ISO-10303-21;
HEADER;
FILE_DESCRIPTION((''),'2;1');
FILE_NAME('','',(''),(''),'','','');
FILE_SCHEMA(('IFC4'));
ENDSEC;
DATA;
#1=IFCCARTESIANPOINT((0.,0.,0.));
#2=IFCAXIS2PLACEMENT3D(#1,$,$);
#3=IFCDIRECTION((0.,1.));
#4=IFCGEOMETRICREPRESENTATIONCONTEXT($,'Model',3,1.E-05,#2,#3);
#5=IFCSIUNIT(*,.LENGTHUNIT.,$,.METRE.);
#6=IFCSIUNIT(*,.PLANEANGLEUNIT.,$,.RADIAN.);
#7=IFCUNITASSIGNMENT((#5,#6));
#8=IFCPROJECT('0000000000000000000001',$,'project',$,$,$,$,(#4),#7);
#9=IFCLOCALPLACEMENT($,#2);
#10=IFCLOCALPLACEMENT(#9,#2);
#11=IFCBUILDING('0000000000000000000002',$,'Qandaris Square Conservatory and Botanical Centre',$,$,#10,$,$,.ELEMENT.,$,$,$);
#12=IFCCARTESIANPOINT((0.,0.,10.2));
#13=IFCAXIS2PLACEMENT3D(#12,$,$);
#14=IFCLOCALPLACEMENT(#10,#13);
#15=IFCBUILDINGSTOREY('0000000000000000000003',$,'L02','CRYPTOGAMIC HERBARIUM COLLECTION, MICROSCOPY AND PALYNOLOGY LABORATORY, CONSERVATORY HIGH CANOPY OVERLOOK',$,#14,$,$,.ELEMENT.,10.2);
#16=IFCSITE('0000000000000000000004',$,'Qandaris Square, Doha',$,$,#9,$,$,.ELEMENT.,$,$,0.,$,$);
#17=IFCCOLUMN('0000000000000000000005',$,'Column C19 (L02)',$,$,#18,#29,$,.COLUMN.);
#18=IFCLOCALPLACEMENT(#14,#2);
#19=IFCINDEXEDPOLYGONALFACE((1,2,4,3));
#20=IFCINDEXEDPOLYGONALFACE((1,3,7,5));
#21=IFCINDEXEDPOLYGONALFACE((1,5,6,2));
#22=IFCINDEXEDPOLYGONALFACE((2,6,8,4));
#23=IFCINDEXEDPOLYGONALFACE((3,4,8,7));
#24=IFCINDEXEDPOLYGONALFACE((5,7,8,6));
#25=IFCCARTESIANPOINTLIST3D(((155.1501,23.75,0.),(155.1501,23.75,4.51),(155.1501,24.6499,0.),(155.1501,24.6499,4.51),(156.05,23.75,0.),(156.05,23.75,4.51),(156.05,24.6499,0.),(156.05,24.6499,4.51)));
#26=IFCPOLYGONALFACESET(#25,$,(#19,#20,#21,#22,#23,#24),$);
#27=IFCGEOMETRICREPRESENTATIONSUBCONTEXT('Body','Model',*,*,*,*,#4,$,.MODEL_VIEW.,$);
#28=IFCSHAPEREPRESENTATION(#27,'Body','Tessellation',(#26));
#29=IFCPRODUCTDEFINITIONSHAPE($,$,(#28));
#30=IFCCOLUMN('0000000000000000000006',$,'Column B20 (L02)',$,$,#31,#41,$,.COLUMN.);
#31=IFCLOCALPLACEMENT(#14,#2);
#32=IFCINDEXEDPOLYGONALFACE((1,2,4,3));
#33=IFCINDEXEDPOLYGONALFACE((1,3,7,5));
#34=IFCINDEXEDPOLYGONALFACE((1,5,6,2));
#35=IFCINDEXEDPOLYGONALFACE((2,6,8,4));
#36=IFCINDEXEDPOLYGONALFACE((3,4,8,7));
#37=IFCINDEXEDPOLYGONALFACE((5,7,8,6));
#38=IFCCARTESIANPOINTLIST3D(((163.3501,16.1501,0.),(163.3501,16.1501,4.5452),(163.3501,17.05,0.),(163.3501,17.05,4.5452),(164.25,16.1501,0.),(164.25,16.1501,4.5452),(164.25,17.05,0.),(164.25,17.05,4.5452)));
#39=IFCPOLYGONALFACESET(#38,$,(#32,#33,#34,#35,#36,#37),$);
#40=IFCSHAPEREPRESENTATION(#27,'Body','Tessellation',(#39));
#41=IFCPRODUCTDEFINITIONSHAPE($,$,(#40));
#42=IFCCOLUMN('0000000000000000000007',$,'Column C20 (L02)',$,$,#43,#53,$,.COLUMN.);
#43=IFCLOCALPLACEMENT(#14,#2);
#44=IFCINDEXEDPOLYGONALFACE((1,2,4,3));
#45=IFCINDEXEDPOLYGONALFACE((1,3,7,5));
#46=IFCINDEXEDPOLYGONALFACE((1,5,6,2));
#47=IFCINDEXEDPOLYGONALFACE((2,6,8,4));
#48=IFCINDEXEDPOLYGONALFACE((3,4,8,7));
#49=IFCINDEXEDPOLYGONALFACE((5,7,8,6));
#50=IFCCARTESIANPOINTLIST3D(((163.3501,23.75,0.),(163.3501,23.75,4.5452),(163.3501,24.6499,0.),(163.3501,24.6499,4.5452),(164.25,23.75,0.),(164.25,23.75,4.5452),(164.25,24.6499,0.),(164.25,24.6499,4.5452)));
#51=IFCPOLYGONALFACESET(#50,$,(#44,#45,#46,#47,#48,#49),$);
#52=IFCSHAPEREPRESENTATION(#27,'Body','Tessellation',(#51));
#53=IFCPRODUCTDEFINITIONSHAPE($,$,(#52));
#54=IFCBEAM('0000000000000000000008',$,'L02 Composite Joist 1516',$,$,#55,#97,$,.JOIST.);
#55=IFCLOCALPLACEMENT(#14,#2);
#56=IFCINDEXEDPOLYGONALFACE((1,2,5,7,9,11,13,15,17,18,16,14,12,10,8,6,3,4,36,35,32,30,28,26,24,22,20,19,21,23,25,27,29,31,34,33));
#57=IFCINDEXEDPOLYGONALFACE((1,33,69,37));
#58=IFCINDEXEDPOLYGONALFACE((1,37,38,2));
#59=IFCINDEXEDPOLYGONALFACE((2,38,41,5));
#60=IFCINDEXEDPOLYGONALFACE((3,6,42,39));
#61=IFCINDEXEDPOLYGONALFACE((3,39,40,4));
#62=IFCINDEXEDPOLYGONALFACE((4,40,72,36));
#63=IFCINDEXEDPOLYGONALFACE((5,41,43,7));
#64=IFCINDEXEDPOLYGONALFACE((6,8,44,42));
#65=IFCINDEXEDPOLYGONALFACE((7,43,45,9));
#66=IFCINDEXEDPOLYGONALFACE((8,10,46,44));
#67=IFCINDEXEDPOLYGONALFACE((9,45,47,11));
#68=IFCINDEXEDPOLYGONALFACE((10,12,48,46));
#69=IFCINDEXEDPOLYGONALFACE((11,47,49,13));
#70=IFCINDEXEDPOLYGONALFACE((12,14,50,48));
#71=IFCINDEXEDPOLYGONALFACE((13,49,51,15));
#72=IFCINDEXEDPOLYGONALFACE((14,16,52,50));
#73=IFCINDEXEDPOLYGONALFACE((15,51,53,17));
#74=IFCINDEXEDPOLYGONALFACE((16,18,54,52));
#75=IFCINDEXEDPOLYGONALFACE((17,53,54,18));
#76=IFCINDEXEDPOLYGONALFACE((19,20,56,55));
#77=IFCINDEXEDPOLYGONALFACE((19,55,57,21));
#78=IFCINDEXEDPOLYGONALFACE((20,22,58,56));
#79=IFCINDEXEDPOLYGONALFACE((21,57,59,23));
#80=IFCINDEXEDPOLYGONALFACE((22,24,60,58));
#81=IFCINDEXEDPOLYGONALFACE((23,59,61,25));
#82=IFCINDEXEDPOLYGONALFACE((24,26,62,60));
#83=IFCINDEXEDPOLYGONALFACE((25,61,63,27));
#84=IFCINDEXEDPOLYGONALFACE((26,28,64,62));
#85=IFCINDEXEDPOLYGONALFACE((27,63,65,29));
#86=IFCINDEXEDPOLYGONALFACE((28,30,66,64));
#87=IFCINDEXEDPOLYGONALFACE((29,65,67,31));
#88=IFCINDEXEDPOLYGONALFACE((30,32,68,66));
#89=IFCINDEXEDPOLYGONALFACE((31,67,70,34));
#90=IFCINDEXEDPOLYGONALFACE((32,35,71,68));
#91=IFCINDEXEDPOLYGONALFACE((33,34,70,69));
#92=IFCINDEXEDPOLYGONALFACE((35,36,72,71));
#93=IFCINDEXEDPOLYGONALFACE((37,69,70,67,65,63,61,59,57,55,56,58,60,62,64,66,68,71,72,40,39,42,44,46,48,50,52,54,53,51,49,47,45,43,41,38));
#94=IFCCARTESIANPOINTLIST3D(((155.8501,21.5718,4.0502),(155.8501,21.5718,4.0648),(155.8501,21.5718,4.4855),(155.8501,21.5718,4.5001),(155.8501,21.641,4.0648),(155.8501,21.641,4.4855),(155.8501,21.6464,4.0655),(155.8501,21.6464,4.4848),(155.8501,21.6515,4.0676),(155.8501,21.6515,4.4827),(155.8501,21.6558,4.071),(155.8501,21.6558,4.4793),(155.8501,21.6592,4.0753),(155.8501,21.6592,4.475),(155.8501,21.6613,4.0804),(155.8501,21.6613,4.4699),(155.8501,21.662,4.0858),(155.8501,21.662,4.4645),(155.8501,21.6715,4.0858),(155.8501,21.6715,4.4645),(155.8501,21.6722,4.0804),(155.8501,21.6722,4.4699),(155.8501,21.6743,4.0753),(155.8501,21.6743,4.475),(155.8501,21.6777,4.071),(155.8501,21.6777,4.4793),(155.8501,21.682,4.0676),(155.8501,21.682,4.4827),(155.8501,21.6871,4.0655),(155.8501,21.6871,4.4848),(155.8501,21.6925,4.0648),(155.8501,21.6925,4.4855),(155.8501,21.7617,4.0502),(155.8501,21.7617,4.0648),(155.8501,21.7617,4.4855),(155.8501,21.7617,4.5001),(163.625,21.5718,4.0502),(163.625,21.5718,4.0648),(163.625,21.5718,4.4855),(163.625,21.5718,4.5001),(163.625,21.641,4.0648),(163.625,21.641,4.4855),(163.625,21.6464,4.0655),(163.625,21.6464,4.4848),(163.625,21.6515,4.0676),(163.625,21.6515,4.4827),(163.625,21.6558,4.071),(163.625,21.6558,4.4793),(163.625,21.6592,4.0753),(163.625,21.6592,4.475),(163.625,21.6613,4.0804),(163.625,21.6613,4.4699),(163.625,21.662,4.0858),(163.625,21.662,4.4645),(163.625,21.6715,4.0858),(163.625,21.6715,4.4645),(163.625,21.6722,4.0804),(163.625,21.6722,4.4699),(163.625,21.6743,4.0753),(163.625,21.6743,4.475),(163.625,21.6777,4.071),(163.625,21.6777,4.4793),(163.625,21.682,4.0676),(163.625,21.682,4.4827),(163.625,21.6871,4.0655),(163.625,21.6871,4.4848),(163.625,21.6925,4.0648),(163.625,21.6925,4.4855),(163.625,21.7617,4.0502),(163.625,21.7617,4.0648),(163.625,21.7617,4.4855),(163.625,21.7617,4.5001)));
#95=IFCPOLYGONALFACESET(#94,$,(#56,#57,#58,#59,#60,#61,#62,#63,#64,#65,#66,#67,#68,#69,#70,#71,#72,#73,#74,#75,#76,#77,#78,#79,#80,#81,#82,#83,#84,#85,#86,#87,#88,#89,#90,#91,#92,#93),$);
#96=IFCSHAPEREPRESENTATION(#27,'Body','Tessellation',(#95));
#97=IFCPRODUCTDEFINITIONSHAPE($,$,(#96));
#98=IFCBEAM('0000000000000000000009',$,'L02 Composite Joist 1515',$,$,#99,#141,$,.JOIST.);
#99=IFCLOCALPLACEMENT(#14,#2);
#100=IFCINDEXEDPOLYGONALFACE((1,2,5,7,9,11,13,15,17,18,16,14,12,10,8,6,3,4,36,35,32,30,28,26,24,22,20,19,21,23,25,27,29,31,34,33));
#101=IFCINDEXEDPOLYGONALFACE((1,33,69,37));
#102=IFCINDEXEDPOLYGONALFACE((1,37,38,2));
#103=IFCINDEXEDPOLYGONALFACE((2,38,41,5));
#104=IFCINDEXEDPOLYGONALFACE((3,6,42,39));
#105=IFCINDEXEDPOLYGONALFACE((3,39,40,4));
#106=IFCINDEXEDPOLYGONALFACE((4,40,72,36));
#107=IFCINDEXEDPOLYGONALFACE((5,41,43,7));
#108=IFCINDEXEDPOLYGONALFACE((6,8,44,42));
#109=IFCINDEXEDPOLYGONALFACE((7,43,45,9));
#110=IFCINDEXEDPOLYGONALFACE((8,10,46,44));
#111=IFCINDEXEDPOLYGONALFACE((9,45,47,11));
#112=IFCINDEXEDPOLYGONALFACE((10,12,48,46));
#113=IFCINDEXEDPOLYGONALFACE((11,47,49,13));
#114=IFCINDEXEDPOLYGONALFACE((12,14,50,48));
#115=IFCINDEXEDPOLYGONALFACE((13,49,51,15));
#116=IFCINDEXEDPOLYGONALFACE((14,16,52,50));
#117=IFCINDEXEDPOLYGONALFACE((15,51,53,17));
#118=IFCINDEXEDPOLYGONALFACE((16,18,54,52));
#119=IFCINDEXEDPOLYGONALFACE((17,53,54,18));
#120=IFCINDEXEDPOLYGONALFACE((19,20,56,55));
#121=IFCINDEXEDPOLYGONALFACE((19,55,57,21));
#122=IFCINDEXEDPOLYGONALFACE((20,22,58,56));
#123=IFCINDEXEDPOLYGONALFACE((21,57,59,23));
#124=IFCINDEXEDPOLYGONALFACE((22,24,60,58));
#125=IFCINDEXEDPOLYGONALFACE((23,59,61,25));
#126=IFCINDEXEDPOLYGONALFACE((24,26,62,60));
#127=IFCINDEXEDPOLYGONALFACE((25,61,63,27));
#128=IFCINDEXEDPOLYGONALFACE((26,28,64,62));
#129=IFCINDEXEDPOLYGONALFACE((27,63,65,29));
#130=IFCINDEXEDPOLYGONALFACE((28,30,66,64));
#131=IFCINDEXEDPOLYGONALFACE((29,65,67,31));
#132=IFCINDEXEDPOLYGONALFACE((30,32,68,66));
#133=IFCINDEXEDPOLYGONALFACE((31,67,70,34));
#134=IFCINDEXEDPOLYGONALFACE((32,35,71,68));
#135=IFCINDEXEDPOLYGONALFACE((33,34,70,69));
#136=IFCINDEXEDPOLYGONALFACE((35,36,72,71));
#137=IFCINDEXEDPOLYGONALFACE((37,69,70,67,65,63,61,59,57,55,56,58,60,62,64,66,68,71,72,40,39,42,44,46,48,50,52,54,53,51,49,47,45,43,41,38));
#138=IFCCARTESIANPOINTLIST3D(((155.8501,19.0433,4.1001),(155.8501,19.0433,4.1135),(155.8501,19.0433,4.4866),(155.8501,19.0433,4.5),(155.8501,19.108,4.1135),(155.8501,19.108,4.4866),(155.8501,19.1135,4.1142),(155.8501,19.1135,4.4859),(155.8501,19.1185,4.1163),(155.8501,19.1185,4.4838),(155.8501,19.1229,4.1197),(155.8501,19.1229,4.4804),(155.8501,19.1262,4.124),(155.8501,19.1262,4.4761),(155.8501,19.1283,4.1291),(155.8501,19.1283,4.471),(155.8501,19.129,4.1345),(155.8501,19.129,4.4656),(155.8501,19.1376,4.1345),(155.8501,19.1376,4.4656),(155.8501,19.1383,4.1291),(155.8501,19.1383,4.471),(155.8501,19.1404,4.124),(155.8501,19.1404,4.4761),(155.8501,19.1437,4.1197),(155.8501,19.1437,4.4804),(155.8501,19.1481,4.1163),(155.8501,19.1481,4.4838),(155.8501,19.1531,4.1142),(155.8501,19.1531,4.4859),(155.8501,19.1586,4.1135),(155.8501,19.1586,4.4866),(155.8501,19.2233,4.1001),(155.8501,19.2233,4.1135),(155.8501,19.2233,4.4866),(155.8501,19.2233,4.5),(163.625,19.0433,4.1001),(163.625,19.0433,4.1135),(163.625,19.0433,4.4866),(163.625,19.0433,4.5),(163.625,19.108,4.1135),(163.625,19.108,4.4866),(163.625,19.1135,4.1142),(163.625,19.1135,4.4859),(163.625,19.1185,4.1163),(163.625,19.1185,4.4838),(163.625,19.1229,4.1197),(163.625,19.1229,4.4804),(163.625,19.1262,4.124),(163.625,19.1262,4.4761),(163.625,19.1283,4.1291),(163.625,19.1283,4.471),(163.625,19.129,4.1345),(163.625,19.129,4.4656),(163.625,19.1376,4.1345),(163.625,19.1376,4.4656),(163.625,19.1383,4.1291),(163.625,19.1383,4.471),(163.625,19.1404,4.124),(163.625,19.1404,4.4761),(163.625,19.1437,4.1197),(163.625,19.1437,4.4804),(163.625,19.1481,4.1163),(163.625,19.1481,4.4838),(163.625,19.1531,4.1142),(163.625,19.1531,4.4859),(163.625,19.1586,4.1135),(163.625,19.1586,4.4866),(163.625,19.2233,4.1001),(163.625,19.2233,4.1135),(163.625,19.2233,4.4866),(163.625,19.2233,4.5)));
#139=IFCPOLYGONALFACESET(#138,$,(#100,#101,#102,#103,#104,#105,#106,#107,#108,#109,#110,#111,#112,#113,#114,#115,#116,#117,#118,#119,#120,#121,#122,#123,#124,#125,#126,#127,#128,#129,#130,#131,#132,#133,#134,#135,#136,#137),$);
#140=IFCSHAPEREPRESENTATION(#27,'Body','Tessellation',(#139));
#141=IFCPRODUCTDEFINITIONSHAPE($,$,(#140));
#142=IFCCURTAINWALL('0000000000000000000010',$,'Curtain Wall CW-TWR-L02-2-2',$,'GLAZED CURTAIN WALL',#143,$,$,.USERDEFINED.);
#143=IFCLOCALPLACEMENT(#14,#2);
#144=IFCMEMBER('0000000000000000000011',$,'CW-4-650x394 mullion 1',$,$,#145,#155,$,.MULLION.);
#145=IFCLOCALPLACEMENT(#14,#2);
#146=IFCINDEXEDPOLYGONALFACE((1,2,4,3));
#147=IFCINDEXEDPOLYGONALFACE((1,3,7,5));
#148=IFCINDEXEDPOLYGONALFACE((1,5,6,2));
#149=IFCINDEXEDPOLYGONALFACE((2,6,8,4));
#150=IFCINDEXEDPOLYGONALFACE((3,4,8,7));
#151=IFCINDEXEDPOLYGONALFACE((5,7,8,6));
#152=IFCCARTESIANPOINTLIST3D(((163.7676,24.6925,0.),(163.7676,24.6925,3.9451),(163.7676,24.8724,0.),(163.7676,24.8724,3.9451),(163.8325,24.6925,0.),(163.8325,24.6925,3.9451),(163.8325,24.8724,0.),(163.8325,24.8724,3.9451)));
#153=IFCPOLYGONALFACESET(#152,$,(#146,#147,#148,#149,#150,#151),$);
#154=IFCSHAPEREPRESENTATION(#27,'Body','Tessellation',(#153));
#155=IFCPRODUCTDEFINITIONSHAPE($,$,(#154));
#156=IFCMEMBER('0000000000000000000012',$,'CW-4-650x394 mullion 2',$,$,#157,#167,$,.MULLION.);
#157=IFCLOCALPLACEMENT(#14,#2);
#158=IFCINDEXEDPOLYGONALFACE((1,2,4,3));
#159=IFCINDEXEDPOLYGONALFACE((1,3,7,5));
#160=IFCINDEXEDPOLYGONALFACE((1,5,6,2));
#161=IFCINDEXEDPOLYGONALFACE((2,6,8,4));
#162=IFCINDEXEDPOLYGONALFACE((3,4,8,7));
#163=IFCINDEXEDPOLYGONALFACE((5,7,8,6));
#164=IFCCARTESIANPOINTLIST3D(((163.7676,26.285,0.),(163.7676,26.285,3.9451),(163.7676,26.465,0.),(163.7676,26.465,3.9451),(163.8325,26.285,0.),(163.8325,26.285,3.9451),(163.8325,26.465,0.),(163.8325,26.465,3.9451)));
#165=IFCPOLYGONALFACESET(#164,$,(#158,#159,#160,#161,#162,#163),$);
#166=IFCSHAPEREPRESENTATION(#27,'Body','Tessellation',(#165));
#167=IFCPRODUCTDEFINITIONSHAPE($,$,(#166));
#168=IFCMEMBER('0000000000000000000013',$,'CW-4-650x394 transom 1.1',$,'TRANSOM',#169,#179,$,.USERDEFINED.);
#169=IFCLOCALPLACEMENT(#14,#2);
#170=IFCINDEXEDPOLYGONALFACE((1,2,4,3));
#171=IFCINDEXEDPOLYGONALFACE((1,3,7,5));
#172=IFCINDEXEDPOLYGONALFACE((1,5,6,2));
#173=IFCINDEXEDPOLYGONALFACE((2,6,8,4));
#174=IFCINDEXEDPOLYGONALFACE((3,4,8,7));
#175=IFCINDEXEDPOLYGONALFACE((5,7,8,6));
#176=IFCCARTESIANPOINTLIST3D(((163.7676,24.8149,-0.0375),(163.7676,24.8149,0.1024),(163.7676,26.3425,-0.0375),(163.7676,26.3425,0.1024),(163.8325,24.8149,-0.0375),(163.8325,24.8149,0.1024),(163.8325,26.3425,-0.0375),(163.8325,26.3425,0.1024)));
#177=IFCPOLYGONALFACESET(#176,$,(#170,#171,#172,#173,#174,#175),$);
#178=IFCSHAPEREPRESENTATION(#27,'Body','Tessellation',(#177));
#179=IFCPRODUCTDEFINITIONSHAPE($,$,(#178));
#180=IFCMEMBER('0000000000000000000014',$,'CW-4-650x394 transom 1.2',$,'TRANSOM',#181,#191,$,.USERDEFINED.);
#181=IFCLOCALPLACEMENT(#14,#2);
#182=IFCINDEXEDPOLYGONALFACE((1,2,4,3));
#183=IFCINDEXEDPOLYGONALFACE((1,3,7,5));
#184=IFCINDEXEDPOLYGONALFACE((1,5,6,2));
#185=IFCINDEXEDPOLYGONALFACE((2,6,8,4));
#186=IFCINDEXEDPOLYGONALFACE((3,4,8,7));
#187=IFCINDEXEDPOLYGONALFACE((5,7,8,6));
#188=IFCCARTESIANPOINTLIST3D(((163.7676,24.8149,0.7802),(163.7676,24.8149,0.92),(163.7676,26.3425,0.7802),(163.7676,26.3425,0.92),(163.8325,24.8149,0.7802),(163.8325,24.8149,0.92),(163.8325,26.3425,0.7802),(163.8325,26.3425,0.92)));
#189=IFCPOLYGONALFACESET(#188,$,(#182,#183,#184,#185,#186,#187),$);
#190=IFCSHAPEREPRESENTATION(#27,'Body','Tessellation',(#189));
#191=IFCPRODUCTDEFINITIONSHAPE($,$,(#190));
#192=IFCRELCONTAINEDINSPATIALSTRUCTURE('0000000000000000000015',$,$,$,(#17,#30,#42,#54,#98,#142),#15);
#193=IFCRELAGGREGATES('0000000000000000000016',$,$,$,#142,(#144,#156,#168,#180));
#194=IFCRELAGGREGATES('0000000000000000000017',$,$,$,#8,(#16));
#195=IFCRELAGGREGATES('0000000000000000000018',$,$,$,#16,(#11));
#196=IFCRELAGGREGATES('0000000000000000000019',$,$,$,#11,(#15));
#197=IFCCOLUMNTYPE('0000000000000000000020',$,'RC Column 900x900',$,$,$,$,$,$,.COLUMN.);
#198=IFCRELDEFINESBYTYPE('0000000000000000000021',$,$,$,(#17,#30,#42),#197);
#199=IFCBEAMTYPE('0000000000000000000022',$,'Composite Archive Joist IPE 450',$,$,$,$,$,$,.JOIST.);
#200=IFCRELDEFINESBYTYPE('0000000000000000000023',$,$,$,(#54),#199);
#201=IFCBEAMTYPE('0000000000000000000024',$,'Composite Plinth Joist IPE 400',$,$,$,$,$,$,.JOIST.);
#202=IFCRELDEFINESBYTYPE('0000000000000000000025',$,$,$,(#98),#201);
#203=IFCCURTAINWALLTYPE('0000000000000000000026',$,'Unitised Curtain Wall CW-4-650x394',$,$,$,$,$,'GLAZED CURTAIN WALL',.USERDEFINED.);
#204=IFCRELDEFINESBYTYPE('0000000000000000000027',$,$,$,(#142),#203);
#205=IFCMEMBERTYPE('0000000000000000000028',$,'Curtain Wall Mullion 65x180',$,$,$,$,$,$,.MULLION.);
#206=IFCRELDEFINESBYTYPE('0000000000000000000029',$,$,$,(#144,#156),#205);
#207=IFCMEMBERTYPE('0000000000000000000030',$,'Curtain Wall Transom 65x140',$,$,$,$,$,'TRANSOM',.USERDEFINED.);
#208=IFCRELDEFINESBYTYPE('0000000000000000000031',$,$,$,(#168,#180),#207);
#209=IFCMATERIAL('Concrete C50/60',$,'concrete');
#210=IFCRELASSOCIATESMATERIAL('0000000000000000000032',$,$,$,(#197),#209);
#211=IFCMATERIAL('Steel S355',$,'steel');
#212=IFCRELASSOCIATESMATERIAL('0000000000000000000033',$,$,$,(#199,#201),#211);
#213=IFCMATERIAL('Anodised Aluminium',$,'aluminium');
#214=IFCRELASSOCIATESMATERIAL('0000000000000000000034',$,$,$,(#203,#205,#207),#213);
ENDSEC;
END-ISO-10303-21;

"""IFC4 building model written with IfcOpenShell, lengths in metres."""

from ifc_helpers import new_model, si_unit, direction, frame, origin, origin_2d, place, context, subcontext, project, spatial, rectangle, i_section, extrude, material, material_profile, profile_set, type_object, element, aggregate, save


model = new_model("IFC4")

# Units and contexts
model_context = context("Model", 3, precision=1e-05, world=origin(), true_north=direction((0.0, 1.0)))
body_context = subcontext(model_context, "Body", "Model", "MODEL_VIEW")
ifc_project = project(units=[si_unit("LENGTHUNIT", "METRE"), si_unit("PLANEANGLEUNIT", "RADIAN")], contexts=[model_context])

# Site, building, storey
site_placement = place(None, origin())
site = spatial("IfcSite", under=ifc_project, at=site_placement, Name="Qandaris Square, Doha", CompositionType="ELEMENT", RefElevation=0.0)
building_placement = place(site_placement, origin())
building = spatial("IfcBuilding", under=site, at=building_placement, Name="Qandaris Square Conservatory and Botanical Centre", CompositionType="ELEMENT")
storey_placement = place(building_placement, frame((0.0, 0.0, 10.2)))
storey = spatial("IfcBuildingStorey", under=building, at=storey_placement, Name="L02", Description="CRYPTOGAMIC HERBARIUM COLLECTION, MICROSCOPY AND PALYNOLOGY LABORATORY, CONSERVATORY HIGH CANOPY OVERLOOK", CompositionType="ELEMENT", Elevation=10.2)

# Columns
ifc_material_1 = material(Name="Concrete C50/60", Category="concrete")
ifc_material_profile_1 = material_profile(ifc_material_1, rectangle(XDim=0.8999, YDim=0.8999, at=origin_2d()), Name="RC-COL 900x900")
ifc_profile_set_1 = profile_set([ifc_material_profile_1], Name="Concrete C50/60")
column_type = type_object("IfcColumnType", Name="RC Column 900x900", PredefinedType="COLUMN", material=ifc_profile_set_1)
column_placement = place(storey_placement, frame((155.6001, 24.2, 0.0), z_axis=(0.0, 0.0, 1.0), x_axis=(1.0, 0.0, 0.0)))
element("IfcColumn", 1, at=column_placement, inside=storey, type_object=column_type, Name="Column C19 (L02)", PredefinedType="COLUMN", context=body_context, shape_type="SweptSolid", body=[
    extrude(rectangle(XDim=0.8999, YDim=0.8999, at=origin_2d()), origin(), (0.0, 0.0, 1.0), 4.51),
])
for number, where, z_axis, x_axis, name in (
    (2, (163.8, 16.6001, 0.0), (0.0, 0.0, 1.0), (1.0, 0.0, 0.0), "Column B20 (L02)"),
    (3, (163.8, 24.2, 0.0), (0.0, 0.0, 1.0), (1.0, 0.0, 0.0), "Column C20 (L02)"),
):
    element("IfcColumn", number, at=place(storey_placement, frame(where, z_axis=z_axis, x_axis=x_axis)), inside=storey, type_object=column_type, Name=name, PredefinedType="COLUMN", context=body_context, shape_type="SweptSolid", body=[
        extrude(rectangle(XDim=0.8999, YDim=0.8999, at=origin_2d()), origin(), (0.0, 0.0, 1.0), 4.5452),
    ])

# Beams
ifc_material_2 = material(Name="Steel S355", Category="steel")
ifc_material_profile_2 = material_profile(ifc_material_2, i_section(OverallWidth=0.1899, OverallDepth=0.45, WebThickness=0.0095, FlangeThickness=0.0146, FilletRadius=0.021, at=origin_2d()), Name="IPE 450")
ifc_profile_set_2 = profile_set([ifc_material_profile_2], Name="Steel S355")
beam_type_1 = type_object("IfcBeamType", Name="Composite Archive Joist IPE 450", PredefinedType="JOIST", material=ifc_profile_set_2)
beam_1_placement = place(storey_placement, frame((155.8501, 21.6667, 4.2751), z_axis=(1.0, 0.0, 0.0), x_axis=(0.0, 1.0, 0.0)))
element("IfcBeam", 4, at=beam_1_placement, inside=storey, type_object=beam_type_1, Name="L02 Composite Joist 1516", PredefinedType="JOIST", context=body_context, shape_type="SweptSolid", body=[
    extrude(i_section(OverallWidth=0.1899, OverallDepth=0.45, WebThickness=0.0095, FlangeThickness=0.0146, FilletRadius=0.021, at=origin_2d()), origin(), (0.0, 0.0, 1.0), 7.7749),
])
ifc_material_profile_3 = material_profile(ifc_material_2, i_section(OverallWidth=0.1799, OverallDepth=0.3999, WebThickness=0.0085, FlangeThickness=0.0134, FilletRadius=0.021, at=origin_2d()), Name="IPE 400")
ifc_profile_set_3 = profile_set([ifc_material_profile_3], Name="Steel S355")
beam_type_2 = type_object("IfcBeamType", Name="Composite Plinth Joist IPE 400", PredefinedType="JOIST", material=ifc_profile_set_3)
beam_2_placement = place(storey_placement, frame((155.8501, 19.1333, 4.3), z_axis=(1.0, 0.0, 0.0), x_axis=(0.0, 1.0, 0.0)))
element("IfcBeam", 5, at=beam_2_placement, inside=storey, type_object=beam_type_2, Name="L02 Composite Joist 1515", PredefinedType="JOIST", context=body_context, shape_type="SweptSolid", body=[
    extrude(i_section(OverallWidth=0.1799, OverallDepth=0.3999, WebThickness=0.0085, FlangeThickness=0.0134, FilletRadius=0.021, at=origin_2d()), origin(), (0.0, 0.0, 1.0), 7.7749),
])

# Curtain wall, members
ifc_material_3 = material(Name="Anodised Aluminium", Category="aluminium")
curtain_wall_type = type_object("IfcCurtainWallType", Name="Unitised Curtain Wall CW-4-650x394", ElementType="GLAZED CURTAIN WALL", PredefinedType="USERDEFINED", material=ifc_material_3)
curtain_wall_placement = place(storey_placement, origin())
curtain_wall = element("IfcCurtainWall", 6, at=curtain_wall_placement, inside=storey, type_object=curtain_wall_type, Name="Curtain Wall CW-TWR-L02-2-2", ObjectType="GLAZED CURTAIN WALL", PredefinedType="USERDEFINED")
ifc_material_profile_4 = material_profile(ifc_material_3, rectangle(XDim=0.0649, YDim=0.1799, at=origin_2d()), Name="ALU-MUL 65x180")
ifc_profile_set_4 = profile_set([ifc_material_profile_4], Name="Anodised Aluminium")
member_type_1 = type_object("IfcMemberType", Name="Curtain Wall Mullion 65x180", PredefinedType="MULLION", material=ifc_profile_set_4)
member_1_placement = place(storey_placement, frame((163.8, 24.7825, 0.0), z_axis=(0.0, 0.0, 1.0), x_axis=(-1.0, 0.0, 0.0)))
member_1 = element("IfcMember", 7, at=member_1_placement, type_object=member_type_1, Name="CW-4-650x394 mullion 1", PredefinedType="MULLION", context=body_context, shape_type="SweptSolid", body=[
    extrude(rectangle(XDim=0.0649, YDim=0.1799, at=origin_2d()), origin(), (0.0, 0.0, 1.0), 3.9451),
])
member_2_placement = place(storey_placement, frame((163.8, 26.375, 0.0), z_axis=(0.0, 0.0, 1.0), x_axis=(-1.0, 0.0, 0.0)))
member_2 = element("IfcMember", 8, at=member_2_placement, type_object=member_type_1, Name="CW-4-650x394 mullion 2", PredefinedType="MULLION", context=body_context, shape_type="SweptSolid", body=[
    extrude(rectangle(XDim=0.0649, YDim=0.1799, at=origin_2d()), origin(), (0.0, 0.0, 1.0), 3.9451),
])
ifc_material_profile_5 = material_profile(ifc_material_3, rectangle(XDim=0.0649, YDim=0.1399, at=origin_2d()), Name="ALU-TRN 65x140")
ifc_profile_set_5 = profile_set([ifc_material_profile_5], Name="Anodised Aluminium")
member_type_2 = type_object("IfcMemberType", Name="Curtain Wall Transom 65x140", ElementType="TRANSOM", PredefinedType="USERDEFINED", material=ifc_profile_set_5)
member_3_placement = place(storey_placement, frame((163.8, 24.8149, 0.0325), z_axis=(0.0, 1.0, 0.0), x_axis=(-1.0, 0.0, 0.0)))
member_3 = element("IfcMember", 9, at=member_3_placement, type_object=member_type_2, Name="CW-4-650x394 transom 1.1", ObjectType="TRANSOM", PredefinedType="USERDEFINED", context=body_context, shape_type="SweptSolid", body=[
    extrude(rectangle(XDim=0.0649, YDim=0.1399, at=origin_2d()), origin(), (0.0, 0.0, 1.0), 1.5276),
])
member_4_placement = place(storey_placement, frame((163.8, 24.8149, 0.8501), z_axis=(0.0, 1.0, 0.0), x_axis=(-1.0, 0.0, 0.0)))
member_4 = element("IfcMember", 10, at=member_4_placement, type_object=member_type_2, Name="CW-4-650x394 transom 1.2", ObjectType="TRANSOM", PredefinedType="USERDEFINED", context=body_context, shape_type="SweptSolid", body=[
    extrude(rectangle(XDim=0.0649, YDim=0.1399, at=origin_2d()), origin(), (0.0, 0.0, 1.0), 1.5276),
])

aggregate(curtain_wall, [member_1, member_2, member_3, member_4])

save(model, "model.ifc")
